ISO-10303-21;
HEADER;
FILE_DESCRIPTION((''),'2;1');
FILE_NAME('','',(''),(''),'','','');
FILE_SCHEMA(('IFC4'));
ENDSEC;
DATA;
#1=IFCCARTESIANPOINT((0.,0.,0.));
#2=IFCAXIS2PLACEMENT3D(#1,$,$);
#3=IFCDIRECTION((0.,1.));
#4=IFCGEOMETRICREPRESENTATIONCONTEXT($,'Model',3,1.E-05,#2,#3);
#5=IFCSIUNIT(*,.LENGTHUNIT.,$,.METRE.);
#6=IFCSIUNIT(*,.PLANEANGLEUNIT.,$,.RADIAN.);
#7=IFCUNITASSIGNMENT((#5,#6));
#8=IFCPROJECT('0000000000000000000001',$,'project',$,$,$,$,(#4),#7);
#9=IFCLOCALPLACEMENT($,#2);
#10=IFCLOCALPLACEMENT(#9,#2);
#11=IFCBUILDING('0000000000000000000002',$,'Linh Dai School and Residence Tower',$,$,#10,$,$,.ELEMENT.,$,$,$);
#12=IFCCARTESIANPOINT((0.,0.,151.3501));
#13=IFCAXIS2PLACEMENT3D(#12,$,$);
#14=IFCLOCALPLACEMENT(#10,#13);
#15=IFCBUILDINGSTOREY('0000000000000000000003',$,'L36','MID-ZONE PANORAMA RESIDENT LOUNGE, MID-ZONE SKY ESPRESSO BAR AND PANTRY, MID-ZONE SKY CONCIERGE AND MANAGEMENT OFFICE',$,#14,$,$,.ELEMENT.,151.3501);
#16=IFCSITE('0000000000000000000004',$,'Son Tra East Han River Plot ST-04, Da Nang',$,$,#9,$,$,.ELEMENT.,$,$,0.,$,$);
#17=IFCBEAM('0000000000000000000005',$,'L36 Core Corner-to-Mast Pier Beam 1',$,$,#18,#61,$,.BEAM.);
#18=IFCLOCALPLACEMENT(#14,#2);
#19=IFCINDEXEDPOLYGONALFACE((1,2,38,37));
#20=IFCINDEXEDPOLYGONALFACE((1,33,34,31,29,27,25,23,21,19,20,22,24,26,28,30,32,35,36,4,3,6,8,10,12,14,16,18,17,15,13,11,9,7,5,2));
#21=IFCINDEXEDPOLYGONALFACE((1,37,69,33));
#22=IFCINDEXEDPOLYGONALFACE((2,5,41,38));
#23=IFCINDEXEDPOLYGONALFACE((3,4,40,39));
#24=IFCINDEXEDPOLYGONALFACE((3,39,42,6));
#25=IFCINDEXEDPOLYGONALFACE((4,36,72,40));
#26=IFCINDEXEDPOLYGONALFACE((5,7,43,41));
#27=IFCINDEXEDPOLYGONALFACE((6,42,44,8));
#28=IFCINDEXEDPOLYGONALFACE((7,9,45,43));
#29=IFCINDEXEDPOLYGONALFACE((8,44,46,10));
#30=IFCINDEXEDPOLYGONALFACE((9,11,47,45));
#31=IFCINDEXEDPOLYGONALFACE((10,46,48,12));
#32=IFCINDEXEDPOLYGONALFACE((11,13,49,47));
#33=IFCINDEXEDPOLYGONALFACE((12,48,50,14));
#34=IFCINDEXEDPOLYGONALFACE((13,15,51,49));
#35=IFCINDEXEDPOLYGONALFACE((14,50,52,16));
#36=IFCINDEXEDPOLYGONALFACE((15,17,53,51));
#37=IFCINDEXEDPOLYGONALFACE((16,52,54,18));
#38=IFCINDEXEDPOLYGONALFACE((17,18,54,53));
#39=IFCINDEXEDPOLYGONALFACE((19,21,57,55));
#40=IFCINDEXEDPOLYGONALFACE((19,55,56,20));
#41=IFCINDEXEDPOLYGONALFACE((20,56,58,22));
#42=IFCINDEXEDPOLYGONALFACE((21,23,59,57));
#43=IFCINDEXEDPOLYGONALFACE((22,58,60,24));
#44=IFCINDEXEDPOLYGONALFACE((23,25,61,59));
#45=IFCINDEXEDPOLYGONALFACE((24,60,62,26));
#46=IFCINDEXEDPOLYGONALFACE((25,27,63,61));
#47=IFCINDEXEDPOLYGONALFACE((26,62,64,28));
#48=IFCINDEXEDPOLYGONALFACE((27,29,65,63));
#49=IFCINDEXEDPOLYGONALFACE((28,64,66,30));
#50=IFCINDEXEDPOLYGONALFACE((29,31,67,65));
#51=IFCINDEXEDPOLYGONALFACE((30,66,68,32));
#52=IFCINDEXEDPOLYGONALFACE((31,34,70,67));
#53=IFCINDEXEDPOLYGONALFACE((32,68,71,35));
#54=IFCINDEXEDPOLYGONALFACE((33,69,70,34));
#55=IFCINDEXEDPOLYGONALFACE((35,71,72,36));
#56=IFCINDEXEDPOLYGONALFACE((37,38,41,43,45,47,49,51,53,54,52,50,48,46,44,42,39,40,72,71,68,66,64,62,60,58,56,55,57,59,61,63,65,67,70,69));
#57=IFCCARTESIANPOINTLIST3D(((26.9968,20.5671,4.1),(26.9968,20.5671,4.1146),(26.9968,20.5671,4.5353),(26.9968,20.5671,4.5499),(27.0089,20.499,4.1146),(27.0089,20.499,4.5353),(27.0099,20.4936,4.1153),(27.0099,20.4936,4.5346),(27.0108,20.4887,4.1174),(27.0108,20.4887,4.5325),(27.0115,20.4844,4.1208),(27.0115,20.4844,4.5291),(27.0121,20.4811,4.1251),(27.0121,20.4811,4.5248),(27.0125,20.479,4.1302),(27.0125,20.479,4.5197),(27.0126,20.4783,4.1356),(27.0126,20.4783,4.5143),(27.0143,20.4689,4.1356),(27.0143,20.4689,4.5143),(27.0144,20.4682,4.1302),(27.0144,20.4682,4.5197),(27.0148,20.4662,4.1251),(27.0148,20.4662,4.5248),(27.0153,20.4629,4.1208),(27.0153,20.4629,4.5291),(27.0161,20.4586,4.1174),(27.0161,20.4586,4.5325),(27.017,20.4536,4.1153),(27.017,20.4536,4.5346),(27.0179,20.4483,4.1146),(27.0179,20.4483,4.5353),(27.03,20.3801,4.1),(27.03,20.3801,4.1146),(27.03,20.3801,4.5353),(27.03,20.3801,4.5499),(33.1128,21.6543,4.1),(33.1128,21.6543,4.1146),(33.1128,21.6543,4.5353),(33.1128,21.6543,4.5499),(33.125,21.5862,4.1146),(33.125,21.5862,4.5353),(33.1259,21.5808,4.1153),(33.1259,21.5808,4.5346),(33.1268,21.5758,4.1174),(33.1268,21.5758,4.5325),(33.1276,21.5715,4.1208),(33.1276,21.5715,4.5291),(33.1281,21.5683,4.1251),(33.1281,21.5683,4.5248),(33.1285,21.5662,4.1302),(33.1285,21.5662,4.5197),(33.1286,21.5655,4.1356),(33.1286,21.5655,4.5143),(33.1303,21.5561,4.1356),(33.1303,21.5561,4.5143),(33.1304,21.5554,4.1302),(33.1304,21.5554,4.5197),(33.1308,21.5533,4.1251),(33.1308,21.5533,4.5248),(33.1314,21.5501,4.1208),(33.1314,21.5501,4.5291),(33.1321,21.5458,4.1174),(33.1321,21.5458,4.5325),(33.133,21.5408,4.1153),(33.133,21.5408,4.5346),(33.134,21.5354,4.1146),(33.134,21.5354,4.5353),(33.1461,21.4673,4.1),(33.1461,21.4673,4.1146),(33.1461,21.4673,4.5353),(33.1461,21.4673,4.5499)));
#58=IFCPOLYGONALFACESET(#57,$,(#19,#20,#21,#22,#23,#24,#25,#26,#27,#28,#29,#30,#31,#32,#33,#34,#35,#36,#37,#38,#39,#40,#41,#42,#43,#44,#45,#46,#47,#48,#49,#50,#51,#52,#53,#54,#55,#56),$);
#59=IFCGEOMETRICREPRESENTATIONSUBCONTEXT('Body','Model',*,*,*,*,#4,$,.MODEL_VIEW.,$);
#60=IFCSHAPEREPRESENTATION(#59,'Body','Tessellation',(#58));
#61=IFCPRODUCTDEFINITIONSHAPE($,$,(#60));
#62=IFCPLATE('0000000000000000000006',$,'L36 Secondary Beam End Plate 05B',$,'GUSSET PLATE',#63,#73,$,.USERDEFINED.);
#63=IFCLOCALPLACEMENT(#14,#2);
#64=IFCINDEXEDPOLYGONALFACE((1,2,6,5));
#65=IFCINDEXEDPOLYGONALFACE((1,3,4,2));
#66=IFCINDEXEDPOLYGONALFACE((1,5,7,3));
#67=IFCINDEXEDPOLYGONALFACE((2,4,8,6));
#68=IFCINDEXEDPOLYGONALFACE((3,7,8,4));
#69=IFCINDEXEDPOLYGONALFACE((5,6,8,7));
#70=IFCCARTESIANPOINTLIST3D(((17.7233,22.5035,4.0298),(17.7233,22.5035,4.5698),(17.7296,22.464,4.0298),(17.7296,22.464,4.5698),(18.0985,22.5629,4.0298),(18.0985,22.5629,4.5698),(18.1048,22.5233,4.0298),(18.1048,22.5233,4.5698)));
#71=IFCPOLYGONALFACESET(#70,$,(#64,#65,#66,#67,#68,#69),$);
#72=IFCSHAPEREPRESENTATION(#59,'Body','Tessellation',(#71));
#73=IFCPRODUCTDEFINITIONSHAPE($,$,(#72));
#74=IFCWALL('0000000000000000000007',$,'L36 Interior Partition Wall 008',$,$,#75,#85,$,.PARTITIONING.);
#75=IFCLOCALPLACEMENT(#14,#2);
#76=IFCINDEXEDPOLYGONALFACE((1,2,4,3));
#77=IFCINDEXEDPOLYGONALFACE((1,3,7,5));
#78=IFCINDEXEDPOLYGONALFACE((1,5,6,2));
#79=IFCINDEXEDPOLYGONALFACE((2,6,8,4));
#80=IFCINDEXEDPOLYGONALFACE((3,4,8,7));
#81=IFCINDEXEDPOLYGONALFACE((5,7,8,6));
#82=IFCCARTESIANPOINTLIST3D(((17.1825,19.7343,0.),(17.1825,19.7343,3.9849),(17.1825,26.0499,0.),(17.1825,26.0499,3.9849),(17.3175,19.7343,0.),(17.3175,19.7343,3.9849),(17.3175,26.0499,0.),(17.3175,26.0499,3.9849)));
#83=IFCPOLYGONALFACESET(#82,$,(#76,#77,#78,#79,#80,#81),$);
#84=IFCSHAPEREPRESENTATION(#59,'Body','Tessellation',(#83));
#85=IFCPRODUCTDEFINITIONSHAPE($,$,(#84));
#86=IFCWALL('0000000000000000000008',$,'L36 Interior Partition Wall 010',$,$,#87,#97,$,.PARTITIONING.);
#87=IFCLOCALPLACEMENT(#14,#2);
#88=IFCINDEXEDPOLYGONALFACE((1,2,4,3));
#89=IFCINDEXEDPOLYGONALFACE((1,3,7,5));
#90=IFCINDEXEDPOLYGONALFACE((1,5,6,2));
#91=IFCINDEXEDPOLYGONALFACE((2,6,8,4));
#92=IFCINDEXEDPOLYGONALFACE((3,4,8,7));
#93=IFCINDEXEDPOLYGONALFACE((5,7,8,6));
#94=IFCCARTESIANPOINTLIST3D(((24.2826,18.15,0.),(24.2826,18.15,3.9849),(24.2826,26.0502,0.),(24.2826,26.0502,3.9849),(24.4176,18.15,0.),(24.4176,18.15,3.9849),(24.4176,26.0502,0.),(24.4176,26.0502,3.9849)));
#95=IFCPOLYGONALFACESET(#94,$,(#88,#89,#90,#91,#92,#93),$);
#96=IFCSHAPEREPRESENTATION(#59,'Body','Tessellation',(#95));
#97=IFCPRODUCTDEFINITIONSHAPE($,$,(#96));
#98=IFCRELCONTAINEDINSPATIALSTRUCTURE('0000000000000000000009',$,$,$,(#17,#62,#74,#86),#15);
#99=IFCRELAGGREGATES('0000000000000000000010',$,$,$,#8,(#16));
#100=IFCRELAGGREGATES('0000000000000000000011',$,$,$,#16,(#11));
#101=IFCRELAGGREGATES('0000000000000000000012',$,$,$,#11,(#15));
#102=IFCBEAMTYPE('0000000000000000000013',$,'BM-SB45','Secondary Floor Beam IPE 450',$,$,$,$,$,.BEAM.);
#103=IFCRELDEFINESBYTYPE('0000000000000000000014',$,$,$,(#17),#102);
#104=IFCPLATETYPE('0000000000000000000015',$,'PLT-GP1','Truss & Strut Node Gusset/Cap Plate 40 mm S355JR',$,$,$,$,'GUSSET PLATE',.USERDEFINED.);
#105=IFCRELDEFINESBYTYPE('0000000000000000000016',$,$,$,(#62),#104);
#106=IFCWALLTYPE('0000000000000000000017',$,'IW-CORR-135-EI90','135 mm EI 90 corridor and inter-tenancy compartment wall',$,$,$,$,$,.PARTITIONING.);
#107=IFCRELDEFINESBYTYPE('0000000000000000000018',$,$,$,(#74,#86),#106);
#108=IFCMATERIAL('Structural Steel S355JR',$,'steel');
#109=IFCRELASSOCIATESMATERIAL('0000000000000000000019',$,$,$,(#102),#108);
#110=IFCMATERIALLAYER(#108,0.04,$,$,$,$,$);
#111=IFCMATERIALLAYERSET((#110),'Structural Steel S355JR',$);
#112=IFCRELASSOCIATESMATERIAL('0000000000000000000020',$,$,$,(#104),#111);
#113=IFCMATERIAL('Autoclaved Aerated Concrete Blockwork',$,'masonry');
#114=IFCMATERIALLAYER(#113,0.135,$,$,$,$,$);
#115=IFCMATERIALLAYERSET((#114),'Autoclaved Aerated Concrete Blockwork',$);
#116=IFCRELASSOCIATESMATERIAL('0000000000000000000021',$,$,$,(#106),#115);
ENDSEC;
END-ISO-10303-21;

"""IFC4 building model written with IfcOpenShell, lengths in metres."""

from ifc_helpers import new_model, si_unit, direction, frame, frame_2d, origin, origin_2d, place, context, subcontext, project, spatial, rectangle, i_section, extrude, source, transform, mapped, material, layer, layer_set, material_profile, profile_set, type_object, element, save


model = new_model("IFC4")

# Units and contexts
model_context = context("Model", 3, precision=1e-05, world=origin(), true_north=direction((0.0, 1.0)))
body_context = subcontext(model_context, "Body", "Model", "MODEL_VIEW")
ifc_project = project(units=[si_unit("LENGTHUNIT", "METRE"), si_unit("PLANEANGLEUNIT", "RADIAN")], contexts=[model_context])

# Site, building, storey
site_placement = place(None, origin())
site = spatial("IfcSite", under=ifc_project, at=site_placement, Name="Son Tra East Han River Plot ST-04, Da Nang", CompositionType="ELEMENT", RefElevation=0.0)
building_placement = place(site_placement, origin())
building = spatial("IfcBuilding", under=site, at=building_placement, Name="Linh Dai School and Residence Tower", CompositionType="ELEMENT")
storey_placement = place(building_placement, frame((0.0, 0.0, 151.3501)))
storey = spatial("IfcBuildingStorey", under=building, at=storey_placement, Name="L36", Description="MID-ZONE PANORAMA RESIDENT LOUNGE, MID-ZONE SKY ESPRESSO BAR AND PANTRY, MID-ZONE SKY CONCIERGE AND MANAGEMENT OFFICE", CompositionType="ELEMENT", Elevation=151.3501)

# Beam
ifc_material_1 = material(Name="Structural Steel S355JR", Category="steel")
ifc_material_profile_1 = material_profile(ifc_material_1, i_section(OverallWidth=0.1899, OverallDepth=0.45, WebThickness=0.0095, FlangeThickness=0.0146, FilletRadius=0.021, at=origin_2d()), Name="IPE 450")
ifc_profile_set_1 = profile_set([ifc_material_profile_1], Name="Structural Steel S355JR")
beam_type_1 = type_object("IfcBeamType", Name="BM-SB45", Description="Secondary Floor Beam IPE 450", PredefinedType="BEAM", material=ifc_profile_set_1)
beam_1_placement = place(storey_placement, frame((27.0134, 20.4736, 4.325), z_axis=(0.984566, 0.175014, 0.0), x_axis=(-0.175014, 0.984566, 0.0)))
element("IfcBeam", 1, at=beam_1_placement, inside=storey, type_object=beam_type_1, Name="L36 Core Corner-to-Mast Pier Beam 1", PredefinedType="BEAM", context=body_context, shape_type="SweptSolid", body=[
    extrude(i_section(OverallWidth=0.1899, OverallDepth=0.45, WebThickness=0.0095, FlangeThickness=0.0146, FilletRadius=0.021, at=origin_2d()), origin(), (0.0, 0.0, 1.0), 6.2119),
])

# Plate
ifc_layer_1 = layer(ifc_material_1, 0.04)
ifc_layer_set_1 = layer_set([ifc_layer_1], Name="Structural Steel S355JR")
plate_type = type_object("IfcPlateType", Name="PLT-GP1", Description="Truss & Strut Node Gusset/Cap Plate 40 mm S355JR", ElementType="GUSSET PLATE", PredefinedType="USERDEFINED", material=ifc_layer_set_1)
shared_shape_1 = source(origin(), body_context, "Body", "SweptSolid", [
    extrude(rectangle(XDim=0.04, YDim=0.3799, at=origin_2d()), origin(), (0.0, 0.0, 1.0), 0.54),
])
plate_placement = place(storey_placement, frame((17.9141, 22.5134, 4.0298), z_axis=(0.0, 0.0, 1.0), x_axis=(0.156309, -0.987708, 0.0)))
element("IfcPlate", 2, at=plate_placement, inside=storey, type_object=plate_type, Name="L36 Secondary Beam End Plate 05B", ObjectType="GUSSET PLATE", PredefinedType="USERDEFINED", context=body_context, shape_type="MappedRepresentation", body=[
    mapped(shared_shape_1, transform((0.0, 0.0, 0.0), x_axis=(1.0, 0.0, 0.0), y_axis=(0.0, 1.0, 0.0), z_axis=(0.0, 0.0, 1.0), scale=1.0)),
])

# Walls
ifc_material_2 = material(Name="Autoclaved Aerated Concrete Blockwork", Category="masonry")
ifc_layer_2 = layer(ifc_material_2, 0.135)
ifc_layer_set_2 = layer_set([ifc_layer_2], Name="Autoclaved Aerated Concrete Blockwork")
wall_type_1 = type_object("IfcWallType", Name="IW-CORR-135-EI90", Description="135 mm EI 90 corridor and inter-tenancy compartment wall", PredefinedType="PARTITIONING", material=ifc_layer_set_2)
wall_1_placement = place(storey_placement, frame((17.25, 19.7344, 0.0), z_axis=(0.0, 0.0, 1.0), x_axis=(0.0, 1.0, 0.0)))
element("IfcWall", 3, at=wall_1_placement, inside=storey, type_object=wall_type_1, Name="L36 Interior Partition Wall 008", PredefinedType="PARTITIONING", context=body_context, shape_type="SweptSolid", body=[
    extrude(rectangle(XDim=6.3157, YDim=0.135, at=frame_2d((3.1577, 0.0))), origin(), (0.0, 0.0, 1.0), 3.9849),
])
wall_2_placement = place(storey_placement, frame((24.3501, 18.1499, 0.0), z_axis=(0.0, 0.0, 1.0), x_axis=(0.0, 1.0, 0.0)))
element("IfcWall", 4, at=wall_2_placement, inside=storey, type_object=wall_type_1, Name="L36 Interior Partition Wall 010", PredefinedType="PARTITIONING", context=body_context, shape_type="SweptSolid", body=[
    extrude(rectangle(XDim=7.9001, YDim=0.135, at=frame_2d((3.9502, 0.0))), origin(), (0.0, 0.0, 1.0), 3.9849),
])

save(model, "model.ifc")
